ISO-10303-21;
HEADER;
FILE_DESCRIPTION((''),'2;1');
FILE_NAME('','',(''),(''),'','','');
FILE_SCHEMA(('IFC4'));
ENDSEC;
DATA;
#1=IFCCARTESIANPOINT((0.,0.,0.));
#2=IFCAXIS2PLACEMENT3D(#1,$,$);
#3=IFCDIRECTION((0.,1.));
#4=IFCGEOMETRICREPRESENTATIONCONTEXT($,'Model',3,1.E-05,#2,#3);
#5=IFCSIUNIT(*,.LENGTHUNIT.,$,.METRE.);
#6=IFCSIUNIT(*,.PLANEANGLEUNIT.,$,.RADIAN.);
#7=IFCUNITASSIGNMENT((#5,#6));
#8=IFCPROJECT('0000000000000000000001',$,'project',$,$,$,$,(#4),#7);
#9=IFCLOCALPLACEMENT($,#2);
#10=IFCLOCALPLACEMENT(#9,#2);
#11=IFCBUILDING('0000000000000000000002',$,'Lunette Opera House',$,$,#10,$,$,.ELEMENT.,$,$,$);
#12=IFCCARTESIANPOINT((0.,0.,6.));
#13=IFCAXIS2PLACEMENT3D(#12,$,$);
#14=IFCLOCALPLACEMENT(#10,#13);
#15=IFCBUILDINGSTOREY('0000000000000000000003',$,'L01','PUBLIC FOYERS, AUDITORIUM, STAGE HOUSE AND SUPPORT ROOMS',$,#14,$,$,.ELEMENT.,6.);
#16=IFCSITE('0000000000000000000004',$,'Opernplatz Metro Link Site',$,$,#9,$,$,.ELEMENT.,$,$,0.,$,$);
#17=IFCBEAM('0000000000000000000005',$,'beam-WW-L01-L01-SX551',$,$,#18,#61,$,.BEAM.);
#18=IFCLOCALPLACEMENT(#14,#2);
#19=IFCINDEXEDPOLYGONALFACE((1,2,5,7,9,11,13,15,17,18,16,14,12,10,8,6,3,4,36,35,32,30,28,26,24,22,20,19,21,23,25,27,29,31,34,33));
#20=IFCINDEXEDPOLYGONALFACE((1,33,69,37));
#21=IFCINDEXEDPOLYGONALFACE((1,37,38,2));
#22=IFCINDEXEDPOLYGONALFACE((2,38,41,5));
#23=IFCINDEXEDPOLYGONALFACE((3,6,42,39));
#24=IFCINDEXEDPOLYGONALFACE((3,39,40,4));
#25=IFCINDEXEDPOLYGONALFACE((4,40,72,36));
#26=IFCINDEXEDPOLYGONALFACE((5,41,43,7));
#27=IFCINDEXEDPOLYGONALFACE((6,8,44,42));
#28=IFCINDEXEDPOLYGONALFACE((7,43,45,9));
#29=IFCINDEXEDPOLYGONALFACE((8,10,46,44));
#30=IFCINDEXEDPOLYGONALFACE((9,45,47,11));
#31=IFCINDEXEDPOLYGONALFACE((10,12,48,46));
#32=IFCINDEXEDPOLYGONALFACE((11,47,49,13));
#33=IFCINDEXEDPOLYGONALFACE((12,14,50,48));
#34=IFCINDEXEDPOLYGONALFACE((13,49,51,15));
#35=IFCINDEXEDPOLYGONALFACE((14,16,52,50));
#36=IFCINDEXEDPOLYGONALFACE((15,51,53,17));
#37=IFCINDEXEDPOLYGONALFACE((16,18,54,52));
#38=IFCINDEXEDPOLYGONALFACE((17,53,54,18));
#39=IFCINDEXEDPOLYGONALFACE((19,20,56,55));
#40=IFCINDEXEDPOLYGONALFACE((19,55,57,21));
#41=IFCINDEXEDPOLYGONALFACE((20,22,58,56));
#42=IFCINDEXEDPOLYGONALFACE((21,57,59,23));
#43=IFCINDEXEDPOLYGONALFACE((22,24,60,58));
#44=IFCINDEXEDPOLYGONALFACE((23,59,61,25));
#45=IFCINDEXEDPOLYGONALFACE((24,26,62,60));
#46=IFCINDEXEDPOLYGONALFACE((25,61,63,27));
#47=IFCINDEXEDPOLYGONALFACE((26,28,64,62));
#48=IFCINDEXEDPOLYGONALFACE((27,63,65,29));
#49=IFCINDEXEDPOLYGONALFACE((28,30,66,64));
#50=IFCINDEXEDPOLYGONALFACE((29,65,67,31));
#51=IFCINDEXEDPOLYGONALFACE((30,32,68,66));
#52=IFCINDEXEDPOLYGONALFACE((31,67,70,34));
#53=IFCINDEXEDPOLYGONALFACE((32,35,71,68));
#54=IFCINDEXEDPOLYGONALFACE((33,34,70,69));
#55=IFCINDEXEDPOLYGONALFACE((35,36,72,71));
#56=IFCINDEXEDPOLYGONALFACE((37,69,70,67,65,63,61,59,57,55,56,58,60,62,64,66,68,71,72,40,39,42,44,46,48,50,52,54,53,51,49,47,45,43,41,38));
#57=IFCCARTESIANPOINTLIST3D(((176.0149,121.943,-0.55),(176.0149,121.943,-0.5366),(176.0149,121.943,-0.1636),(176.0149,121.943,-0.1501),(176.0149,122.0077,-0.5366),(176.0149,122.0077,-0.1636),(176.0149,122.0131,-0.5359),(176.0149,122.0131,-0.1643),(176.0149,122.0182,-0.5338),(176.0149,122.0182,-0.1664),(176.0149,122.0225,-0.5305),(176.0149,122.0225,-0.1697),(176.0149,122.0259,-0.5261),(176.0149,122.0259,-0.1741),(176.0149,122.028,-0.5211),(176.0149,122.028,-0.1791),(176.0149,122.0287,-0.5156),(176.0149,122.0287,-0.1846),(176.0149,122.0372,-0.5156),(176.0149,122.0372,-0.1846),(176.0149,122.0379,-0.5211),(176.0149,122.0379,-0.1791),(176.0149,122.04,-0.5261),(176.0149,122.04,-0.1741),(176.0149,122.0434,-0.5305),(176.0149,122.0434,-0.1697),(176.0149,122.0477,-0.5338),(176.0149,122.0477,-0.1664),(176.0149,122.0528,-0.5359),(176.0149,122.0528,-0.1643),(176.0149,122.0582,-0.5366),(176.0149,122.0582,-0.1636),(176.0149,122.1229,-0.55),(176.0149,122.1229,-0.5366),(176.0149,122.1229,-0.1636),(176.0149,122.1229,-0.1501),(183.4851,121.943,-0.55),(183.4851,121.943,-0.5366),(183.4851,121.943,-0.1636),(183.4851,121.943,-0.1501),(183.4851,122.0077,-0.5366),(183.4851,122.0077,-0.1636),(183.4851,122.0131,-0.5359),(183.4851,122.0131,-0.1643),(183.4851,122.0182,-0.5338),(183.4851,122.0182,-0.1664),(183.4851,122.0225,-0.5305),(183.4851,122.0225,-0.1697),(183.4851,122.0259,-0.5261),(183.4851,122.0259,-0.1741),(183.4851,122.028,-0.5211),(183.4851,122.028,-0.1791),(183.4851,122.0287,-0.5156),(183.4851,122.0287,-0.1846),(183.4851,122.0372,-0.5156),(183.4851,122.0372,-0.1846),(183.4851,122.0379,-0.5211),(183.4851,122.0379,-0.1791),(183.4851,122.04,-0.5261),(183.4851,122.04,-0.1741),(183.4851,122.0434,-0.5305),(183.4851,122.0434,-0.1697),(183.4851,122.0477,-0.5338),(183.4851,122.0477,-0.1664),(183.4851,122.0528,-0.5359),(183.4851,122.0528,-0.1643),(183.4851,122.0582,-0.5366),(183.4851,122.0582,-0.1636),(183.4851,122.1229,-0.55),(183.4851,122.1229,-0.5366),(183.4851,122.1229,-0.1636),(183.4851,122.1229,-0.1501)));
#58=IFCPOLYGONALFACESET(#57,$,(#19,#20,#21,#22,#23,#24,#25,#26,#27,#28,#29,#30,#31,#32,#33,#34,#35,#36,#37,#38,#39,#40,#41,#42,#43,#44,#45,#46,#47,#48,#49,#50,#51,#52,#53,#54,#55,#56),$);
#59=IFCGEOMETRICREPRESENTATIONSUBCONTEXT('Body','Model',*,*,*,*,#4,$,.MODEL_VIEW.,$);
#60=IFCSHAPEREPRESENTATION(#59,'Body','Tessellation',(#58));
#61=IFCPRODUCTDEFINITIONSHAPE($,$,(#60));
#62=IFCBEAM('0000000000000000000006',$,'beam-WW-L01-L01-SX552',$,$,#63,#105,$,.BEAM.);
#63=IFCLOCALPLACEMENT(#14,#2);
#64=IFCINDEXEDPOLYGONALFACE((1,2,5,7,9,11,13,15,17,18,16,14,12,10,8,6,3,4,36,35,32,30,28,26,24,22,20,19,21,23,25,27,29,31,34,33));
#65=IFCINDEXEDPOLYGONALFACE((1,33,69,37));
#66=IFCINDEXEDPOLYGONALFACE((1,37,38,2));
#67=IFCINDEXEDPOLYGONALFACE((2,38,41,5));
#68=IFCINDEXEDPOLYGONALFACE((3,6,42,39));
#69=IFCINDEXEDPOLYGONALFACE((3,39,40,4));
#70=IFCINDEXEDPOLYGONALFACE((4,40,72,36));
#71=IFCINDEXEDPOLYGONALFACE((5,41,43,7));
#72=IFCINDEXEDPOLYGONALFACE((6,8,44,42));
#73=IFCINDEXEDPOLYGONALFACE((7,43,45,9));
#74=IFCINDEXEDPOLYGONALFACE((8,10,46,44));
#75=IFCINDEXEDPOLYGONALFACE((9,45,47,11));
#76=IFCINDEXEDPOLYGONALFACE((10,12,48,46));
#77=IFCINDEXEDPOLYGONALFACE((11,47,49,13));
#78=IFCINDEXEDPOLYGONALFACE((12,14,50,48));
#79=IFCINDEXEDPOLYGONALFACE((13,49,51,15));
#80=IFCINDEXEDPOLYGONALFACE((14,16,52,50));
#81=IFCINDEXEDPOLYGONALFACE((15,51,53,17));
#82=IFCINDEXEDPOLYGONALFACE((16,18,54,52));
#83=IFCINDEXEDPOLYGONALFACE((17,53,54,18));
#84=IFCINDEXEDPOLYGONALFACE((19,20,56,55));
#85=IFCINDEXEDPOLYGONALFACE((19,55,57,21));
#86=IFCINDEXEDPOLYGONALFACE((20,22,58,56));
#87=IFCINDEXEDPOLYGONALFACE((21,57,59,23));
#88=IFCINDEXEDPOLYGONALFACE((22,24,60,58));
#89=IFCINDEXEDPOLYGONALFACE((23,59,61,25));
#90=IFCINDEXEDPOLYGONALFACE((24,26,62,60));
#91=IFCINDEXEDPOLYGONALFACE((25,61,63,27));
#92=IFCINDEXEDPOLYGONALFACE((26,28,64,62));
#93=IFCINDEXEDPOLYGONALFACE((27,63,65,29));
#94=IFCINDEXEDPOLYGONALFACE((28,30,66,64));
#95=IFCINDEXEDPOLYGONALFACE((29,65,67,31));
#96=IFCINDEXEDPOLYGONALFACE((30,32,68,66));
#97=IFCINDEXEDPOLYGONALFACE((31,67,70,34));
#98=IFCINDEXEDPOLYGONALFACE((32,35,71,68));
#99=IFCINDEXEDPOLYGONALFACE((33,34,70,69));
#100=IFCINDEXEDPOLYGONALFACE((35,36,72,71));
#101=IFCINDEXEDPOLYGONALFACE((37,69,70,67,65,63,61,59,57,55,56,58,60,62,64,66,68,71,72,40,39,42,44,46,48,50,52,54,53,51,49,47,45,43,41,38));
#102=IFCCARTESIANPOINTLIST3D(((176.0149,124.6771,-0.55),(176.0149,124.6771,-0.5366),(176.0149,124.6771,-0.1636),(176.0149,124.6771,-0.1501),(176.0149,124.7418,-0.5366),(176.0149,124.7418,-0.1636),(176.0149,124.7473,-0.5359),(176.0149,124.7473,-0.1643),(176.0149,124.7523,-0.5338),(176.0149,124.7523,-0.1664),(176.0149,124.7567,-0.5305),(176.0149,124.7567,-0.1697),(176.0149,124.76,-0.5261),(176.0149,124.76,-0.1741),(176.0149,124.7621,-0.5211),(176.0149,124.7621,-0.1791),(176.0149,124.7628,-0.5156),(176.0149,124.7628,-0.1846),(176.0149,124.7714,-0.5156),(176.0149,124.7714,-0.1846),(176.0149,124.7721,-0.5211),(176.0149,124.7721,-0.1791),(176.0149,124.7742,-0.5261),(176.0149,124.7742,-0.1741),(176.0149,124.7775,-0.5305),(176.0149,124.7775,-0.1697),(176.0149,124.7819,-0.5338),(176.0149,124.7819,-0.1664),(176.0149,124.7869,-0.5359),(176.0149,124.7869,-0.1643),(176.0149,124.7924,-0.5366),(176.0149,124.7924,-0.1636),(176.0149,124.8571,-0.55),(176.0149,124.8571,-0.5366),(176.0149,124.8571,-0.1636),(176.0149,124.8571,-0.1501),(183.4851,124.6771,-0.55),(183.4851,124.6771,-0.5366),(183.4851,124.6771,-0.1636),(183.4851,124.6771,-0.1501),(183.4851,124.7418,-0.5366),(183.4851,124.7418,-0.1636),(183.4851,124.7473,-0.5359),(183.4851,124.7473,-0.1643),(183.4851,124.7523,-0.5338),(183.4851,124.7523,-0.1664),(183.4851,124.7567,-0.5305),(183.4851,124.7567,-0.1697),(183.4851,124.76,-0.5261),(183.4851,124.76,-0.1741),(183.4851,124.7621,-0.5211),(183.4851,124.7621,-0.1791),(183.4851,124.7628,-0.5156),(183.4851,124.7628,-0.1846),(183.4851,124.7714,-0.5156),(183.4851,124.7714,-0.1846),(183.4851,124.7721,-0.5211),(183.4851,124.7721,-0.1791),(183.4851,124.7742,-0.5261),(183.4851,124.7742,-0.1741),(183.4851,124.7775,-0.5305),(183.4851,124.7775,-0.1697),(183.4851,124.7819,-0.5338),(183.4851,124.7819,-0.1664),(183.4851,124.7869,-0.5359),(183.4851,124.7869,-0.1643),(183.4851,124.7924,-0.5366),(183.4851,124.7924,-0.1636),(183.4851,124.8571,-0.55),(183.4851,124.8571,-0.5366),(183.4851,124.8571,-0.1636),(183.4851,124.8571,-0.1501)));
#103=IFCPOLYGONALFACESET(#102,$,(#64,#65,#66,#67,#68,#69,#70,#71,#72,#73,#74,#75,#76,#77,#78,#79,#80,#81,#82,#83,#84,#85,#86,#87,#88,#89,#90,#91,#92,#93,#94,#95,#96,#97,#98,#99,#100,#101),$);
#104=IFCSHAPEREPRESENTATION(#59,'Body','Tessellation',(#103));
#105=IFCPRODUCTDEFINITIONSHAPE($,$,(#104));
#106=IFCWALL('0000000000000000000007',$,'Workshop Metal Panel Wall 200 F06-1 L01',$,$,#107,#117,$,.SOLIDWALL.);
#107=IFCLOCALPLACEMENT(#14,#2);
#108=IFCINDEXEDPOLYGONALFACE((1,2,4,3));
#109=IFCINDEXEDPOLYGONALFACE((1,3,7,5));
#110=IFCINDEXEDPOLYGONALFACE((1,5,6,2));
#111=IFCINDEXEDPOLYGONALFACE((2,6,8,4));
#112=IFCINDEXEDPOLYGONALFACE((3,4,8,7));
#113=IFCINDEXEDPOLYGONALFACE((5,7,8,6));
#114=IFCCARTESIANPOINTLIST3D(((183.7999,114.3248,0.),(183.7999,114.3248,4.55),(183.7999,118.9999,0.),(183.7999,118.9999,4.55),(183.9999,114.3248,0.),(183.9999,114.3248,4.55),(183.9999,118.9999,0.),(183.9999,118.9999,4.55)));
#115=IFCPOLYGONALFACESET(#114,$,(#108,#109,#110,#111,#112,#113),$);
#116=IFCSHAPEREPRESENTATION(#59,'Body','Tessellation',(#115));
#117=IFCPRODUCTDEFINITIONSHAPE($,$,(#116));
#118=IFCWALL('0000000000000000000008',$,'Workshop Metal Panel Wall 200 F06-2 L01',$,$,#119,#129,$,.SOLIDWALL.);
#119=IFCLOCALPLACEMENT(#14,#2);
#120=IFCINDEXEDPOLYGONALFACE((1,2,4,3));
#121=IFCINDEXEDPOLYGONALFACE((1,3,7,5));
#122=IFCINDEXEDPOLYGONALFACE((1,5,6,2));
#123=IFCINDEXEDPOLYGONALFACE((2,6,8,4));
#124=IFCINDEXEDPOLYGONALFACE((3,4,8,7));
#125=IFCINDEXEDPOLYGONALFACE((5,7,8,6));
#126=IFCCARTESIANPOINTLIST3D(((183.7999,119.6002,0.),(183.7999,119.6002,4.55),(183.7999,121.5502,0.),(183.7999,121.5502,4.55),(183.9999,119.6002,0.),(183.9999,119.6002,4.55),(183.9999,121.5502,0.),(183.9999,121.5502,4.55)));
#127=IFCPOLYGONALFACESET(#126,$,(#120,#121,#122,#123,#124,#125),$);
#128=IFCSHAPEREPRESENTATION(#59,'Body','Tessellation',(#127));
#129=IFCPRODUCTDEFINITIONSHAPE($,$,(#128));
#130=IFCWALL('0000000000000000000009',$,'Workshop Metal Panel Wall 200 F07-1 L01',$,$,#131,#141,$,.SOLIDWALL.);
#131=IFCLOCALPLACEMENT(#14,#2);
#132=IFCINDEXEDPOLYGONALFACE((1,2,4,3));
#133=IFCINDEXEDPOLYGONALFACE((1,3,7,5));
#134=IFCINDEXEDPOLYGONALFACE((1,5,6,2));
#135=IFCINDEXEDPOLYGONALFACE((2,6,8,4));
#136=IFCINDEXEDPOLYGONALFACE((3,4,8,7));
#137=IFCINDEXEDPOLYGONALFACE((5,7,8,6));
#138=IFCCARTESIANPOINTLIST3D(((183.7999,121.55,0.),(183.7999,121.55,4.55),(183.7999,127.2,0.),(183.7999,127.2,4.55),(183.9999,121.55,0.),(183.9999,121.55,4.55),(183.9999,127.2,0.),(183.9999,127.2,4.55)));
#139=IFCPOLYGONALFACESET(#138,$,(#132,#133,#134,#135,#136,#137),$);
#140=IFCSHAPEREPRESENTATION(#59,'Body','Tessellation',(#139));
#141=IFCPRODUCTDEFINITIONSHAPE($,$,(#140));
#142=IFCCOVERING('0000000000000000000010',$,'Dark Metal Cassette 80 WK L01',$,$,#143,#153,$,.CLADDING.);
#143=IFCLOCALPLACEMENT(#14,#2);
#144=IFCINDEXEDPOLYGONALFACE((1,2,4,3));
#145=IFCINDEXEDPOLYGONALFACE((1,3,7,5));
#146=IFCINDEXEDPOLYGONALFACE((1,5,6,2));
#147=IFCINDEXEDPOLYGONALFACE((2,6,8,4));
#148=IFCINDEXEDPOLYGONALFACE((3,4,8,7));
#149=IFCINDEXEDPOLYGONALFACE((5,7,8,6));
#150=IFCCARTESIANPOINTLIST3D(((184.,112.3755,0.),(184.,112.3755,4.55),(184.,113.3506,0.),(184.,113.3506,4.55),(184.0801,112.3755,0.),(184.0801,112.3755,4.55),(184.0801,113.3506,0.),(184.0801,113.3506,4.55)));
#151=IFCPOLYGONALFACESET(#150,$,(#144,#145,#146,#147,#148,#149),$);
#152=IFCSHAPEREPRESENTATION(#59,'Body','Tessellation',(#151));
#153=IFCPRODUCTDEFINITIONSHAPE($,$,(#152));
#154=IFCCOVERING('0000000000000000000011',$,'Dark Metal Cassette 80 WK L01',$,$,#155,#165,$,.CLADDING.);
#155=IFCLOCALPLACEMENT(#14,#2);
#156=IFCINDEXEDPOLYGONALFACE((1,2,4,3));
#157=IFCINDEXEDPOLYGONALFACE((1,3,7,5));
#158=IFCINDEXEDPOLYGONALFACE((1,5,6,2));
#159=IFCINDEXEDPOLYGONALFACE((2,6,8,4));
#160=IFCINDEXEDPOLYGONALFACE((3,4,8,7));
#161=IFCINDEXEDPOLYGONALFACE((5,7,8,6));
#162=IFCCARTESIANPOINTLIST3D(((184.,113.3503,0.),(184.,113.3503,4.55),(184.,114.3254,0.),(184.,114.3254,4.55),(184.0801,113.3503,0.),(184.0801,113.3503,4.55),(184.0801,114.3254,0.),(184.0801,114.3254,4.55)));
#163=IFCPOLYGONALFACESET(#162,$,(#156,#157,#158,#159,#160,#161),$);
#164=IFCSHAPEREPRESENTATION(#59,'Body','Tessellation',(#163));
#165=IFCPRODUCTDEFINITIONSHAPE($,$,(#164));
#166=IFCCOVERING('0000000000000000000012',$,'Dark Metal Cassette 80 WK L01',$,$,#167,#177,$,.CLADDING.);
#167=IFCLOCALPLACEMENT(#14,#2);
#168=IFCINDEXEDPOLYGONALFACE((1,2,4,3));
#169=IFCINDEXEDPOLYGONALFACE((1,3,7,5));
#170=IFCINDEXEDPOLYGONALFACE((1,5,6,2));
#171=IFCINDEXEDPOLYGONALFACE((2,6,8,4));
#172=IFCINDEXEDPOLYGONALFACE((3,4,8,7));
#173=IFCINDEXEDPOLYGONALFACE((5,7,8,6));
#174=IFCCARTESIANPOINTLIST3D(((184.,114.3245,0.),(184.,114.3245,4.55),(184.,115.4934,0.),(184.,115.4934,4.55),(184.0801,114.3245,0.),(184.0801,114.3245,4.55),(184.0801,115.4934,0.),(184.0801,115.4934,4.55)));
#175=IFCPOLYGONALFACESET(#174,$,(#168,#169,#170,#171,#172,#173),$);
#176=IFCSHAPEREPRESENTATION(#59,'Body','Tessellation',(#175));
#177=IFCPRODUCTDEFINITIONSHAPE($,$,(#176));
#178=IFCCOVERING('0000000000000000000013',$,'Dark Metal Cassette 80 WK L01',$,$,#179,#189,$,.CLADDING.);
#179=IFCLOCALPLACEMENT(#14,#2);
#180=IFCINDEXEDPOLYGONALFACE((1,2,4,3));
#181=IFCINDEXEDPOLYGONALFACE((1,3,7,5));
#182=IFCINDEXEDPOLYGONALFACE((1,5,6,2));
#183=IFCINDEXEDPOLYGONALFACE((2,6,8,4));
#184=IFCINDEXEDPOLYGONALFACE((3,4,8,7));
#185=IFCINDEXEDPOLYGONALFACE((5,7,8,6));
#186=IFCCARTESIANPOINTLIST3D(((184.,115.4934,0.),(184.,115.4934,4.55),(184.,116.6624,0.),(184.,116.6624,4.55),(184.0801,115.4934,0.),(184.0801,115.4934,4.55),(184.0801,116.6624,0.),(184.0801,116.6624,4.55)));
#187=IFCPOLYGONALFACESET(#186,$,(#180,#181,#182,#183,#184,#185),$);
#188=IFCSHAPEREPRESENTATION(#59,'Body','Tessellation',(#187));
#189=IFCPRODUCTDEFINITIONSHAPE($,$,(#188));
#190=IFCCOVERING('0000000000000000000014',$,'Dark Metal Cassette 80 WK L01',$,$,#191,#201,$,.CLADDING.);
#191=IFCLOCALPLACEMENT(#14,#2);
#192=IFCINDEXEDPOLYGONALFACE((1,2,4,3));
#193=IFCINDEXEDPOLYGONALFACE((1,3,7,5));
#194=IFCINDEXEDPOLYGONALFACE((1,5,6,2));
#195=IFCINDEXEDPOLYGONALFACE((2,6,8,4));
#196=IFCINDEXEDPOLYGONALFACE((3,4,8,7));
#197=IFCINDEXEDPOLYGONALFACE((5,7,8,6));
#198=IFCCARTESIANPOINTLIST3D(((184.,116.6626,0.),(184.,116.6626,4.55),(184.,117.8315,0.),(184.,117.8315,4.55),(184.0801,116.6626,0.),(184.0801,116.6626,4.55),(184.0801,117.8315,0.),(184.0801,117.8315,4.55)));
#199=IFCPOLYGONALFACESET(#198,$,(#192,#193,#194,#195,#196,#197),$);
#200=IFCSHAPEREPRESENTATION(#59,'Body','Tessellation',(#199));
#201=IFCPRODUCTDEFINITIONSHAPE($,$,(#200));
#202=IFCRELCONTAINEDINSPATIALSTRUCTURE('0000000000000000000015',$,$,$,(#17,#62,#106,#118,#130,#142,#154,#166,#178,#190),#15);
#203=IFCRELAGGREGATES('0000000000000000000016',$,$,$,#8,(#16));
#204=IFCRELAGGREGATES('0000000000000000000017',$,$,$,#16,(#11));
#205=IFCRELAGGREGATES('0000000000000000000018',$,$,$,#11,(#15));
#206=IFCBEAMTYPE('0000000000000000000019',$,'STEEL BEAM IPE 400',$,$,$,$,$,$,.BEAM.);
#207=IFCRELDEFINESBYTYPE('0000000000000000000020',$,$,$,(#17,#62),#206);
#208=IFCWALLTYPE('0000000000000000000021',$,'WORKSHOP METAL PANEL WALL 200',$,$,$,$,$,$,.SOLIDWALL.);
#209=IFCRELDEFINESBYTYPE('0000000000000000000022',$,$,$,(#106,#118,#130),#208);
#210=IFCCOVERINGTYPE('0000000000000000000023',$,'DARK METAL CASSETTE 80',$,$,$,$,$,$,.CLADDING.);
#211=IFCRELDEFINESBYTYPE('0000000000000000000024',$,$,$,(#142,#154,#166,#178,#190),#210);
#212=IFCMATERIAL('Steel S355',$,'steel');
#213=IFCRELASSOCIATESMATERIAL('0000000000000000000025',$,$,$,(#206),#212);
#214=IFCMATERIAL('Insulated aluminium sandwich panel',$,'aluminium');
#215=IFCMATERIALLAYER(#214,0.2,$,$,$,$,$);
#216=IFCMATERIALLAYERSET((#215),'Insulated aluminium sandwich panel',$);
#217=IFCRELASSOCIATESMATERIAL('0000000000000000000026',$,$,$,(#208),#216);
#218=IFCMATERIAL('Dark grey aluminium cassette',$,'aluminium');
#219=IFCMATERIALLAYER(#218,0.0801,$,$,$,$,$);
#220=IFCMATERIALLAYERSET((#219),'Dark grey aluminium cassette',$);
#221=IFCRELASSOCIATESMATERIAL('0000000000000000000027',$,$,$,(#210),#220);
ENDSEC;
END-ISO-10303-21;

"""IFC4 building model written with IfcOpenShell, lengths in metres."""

from ifc_helpers import new_model, si_unit, direction, frame, frame_2d, origin, origin_2d, place, context, subcontext, project, spatial, rectangle, i_section, extrude, material, layer, layer_set, material_profile, profile_set, type_object, element, save


model = new_model("IFC4")

# Units and contexts
model_context = context("Model", 3, precision=1e-05, world=origin(), true_north=direction((0.0, 1.0)))
body_context = subcontext(model_context, "Body", "Model", "MODEL_VIEW")
ifc_project = project(units=[si_unit("LENGTHUNIT", "METRE"), si_unit("PLANEANGLEUNIT", "RADIAN")], contexts=[model_context])

# Site, building, storey
site_placement = place(None, origin())
site = spatial("IfcSite", under=ifc_project, at=site_placement, Name="Opernplatz Metro Link Site", CompositionType="ELEMENT", RefElevation=0.0)
building_placement = place(site_placement, origin())
building = spatial("IfcBuilding", under=site, at=building_placement, Name="Lunette Opera House", CompositionType="ELEMENT")
storey_placement = place(building_placement, frame((0.0, 0.0, 6.0)))
storey = spatial("IfcBuildingStorey", under=building, at=storey_placement, Name="L01", Description="PUBLIC FOYERS, AUDITORIUM, STAGE HOUSE AND SUPPORT ROOMS", CompositionType="ELEMENT", Elevation=6.0)

# Beams
ifc_material_1 = material(Name="Steel S355", Category="steel")
ifc_material_profile_1 = material_profile(ifc_material_1, i_section(OverallWidth=0.1799, OverallDepth=0.3999, WebThickness=0.0085, FlangeThickness=0.0134, FilletRadius=0.021, at=origin_2d()), Name="IPE 400")
ifc_profile_set_1 = profile_set([ifc_material_profile_1], Name="Steel S355")
beam_type_1 = type_object("IfcBeamType", Name="STEEL BEAM IPE 400", PredefinedType="BEAM", material=ifc_profile_set_1)
for number, where, z_axis, x_axis, name in (
    (1, (176.0149, 122.033, -0.3501), (1.0, 0.0, 0.0), (0.0, 1.0, 0.0), "beam-WW-L01-L01-SX551"),
    (2, (176.0149, 124.7671, -0.3501), (1.0, 0.0, 0.0), (0.0, 1.0, 0.0), "beam-WW-L01-L01-SX552"),
):
    element("IfcBeam", number, at=place(storey_placement, frame(where, z_axis=z_axis, x_axis=x_axis)), inside=storey, type_object=beam_type_1, Name=name, PredefinedType="BEAM", context=body_context, shape_type="SweptSolid", body=[
        extrude(i_section(OverallWidth=0.1799, OverallDepth=0.3999, WebThickness=0.0085, FlangeThickness=0.0134, FilletRadius=0.021, at=origin_2d()), origin(), (0.0, 0.0, 1.0), 7.4702),
    ])

# Walls
ifc_material_2 = material(Name="Insulated aluminium sandwich panel", Category="aluminium")
ifc_layer_1 = layer(ifc_material_2, 0.2)
ifc_layer_set_1 = layer_set([ifc_layer_1], Name="Insulated aluminium sandwich panel")
wall_type = type_object("IfcWallType", Name="WORKSHOP METAL PANEL WALL 200", PredefinedType="SOLIDWALL", material=ifc_layer_set_1)
wall_1_placement = place(storey_placement, frame((183.8999, 114.325, 0.0), z_axis=(0.0, 0.0, 1.0), x_axis=(0.0, 1.0, 0.0)))
element("IfcWall", 3, at=wall_1_placement, inside=storey, type_object=wall_type, Name="Workshop Metal Panel Wall 200 F06-1 L01", PredefinedType="SOLIDWALL", context=body_context, shape_type="SweptSolid", body=[
    extrude(rectangle(XDim=4.675, YDim=0.2, at=frame_2d((2.3374, 0.0))), origin(), (0.0, 0.0, 1.0), 4.55),
])
wall_2_placement = place(storey_placement, frame((183.8999, 119.6001, 0.0), z_axis=(0.0, 0.0, 1.0), x_axis=(0.0, 1.0, 0.0)))
element("IfcWall", 4, at=wall_2_placement, inside=storey, type_object=wall_type, Name="Workshop Metal Panel Wall 200 F06-2 L01", PredefinedType="SOLIDWALL", context=body_context, shape_type="SweptSolid", body=[
    extrude(rectangle(XDim=1.95, YDim=0.2, at=frame_2d((0.9751, 0.0))), origin(), (0.0, 0.0, 1.0), 4.55),
])
wall_3_placement = place(storey_placement, frame((183.8999, 121.55, 0.0), z_axis=(0.0, 0.0, 1.0), x_axis=(0.0, 1.0, 0.0)))
element("IfcWall", 5, at=wall_3_placement, inside=storey, type_object=wall_type, Name="Workshop Metal Panel Wall 200 F07-1 L01", PredefinedType="SOLIDWALL", context=body_context, shape_type="SweptSolid", body=[
    extrude(rectangle(XDim=5.6499, YDim=0.2, at=frame_2d((2.825, 0.0))), origin(), (0.0, 0.0, 1.0), 4.55),
])

# Coverings
ifc_material_3 = material(Name="Dark grey aluminium cassette", Category="aluminium")
ifc_layer_2 = layer(ifc_material_3, 0.0801)
ifc_layer_set_2 = layer_set([ifc_layer_2], Name="Dark grey aluminium cassette")
covering_type = type_object("IfcCoveringType", Name="DARK METAL CASSETTE 80", PredefinedType="CLADDING", material=ifc_layer_set_2)
for number, where, z_axis, x_axis, name in (
    (6, (184.04, 112.863, 0.0), (0.0, 0.0, 1.0), (0.0, 1.0, 0.0), "Dark Metal Cassette 80 WK L01"),
    (7, (184.04, 113.8379, 0.0), (0.0, 0.0, 1.0), (0.0, 1.0, 0.0), "Dark Metal Cassette 80 WK L01"),
):
    element("IfcCovering", number, at=place(storey_placement, frame(where, z_axis=z_axis, x_axis=x_axis)), inside=storey, type_object=covering_type, Name=name, PredefinedType="CLADDING", context=body_context, shape_type="SweptSolid", body=[
        extrude(rectangle(XDim=0.9751, YDim=0.0801, at=origin_2d()), origin(), (0.0, 0.0, 1.0), 4.55),
    ])
for number, where, z_axis, x_axis, name in (
    (8, (184.04, 114.9089, 0.0), (0.0, 0.0, 1.0), (0.0, 1.0, 0.0), "Dark Metal Cassette 80 WK L01"),
    (9, (184.04, 116.0779, 0.0), (0.0, 0.0, 1.0), (0.0, 1.0, 0.0), "Dark Metal Cassette 80 WK L01"),
    (10, (184.04, 117.2471, 0.0), (0.0, 0.0, 1.0), (0.0, 1.0, 0.0), "Dark Metal Cassette 80 WK L01"),
):
    element("IfcCovering", number, at=place(storey_placement, frame(where, z_axis=z_axis, x_axis=x_axis)), inside=storey, type_object=covering_type, Name=name, PredefinedType="CLADDING", context=body_context, shape_type="SweptSolid", body=[
        extrude(rectangle(XDim=1.1689, YDim=0.0801, at=origin_2d()), origin(), (0.0, 0.0, 1.0), 4.55),
    ])

save(model, "model.ifc")
